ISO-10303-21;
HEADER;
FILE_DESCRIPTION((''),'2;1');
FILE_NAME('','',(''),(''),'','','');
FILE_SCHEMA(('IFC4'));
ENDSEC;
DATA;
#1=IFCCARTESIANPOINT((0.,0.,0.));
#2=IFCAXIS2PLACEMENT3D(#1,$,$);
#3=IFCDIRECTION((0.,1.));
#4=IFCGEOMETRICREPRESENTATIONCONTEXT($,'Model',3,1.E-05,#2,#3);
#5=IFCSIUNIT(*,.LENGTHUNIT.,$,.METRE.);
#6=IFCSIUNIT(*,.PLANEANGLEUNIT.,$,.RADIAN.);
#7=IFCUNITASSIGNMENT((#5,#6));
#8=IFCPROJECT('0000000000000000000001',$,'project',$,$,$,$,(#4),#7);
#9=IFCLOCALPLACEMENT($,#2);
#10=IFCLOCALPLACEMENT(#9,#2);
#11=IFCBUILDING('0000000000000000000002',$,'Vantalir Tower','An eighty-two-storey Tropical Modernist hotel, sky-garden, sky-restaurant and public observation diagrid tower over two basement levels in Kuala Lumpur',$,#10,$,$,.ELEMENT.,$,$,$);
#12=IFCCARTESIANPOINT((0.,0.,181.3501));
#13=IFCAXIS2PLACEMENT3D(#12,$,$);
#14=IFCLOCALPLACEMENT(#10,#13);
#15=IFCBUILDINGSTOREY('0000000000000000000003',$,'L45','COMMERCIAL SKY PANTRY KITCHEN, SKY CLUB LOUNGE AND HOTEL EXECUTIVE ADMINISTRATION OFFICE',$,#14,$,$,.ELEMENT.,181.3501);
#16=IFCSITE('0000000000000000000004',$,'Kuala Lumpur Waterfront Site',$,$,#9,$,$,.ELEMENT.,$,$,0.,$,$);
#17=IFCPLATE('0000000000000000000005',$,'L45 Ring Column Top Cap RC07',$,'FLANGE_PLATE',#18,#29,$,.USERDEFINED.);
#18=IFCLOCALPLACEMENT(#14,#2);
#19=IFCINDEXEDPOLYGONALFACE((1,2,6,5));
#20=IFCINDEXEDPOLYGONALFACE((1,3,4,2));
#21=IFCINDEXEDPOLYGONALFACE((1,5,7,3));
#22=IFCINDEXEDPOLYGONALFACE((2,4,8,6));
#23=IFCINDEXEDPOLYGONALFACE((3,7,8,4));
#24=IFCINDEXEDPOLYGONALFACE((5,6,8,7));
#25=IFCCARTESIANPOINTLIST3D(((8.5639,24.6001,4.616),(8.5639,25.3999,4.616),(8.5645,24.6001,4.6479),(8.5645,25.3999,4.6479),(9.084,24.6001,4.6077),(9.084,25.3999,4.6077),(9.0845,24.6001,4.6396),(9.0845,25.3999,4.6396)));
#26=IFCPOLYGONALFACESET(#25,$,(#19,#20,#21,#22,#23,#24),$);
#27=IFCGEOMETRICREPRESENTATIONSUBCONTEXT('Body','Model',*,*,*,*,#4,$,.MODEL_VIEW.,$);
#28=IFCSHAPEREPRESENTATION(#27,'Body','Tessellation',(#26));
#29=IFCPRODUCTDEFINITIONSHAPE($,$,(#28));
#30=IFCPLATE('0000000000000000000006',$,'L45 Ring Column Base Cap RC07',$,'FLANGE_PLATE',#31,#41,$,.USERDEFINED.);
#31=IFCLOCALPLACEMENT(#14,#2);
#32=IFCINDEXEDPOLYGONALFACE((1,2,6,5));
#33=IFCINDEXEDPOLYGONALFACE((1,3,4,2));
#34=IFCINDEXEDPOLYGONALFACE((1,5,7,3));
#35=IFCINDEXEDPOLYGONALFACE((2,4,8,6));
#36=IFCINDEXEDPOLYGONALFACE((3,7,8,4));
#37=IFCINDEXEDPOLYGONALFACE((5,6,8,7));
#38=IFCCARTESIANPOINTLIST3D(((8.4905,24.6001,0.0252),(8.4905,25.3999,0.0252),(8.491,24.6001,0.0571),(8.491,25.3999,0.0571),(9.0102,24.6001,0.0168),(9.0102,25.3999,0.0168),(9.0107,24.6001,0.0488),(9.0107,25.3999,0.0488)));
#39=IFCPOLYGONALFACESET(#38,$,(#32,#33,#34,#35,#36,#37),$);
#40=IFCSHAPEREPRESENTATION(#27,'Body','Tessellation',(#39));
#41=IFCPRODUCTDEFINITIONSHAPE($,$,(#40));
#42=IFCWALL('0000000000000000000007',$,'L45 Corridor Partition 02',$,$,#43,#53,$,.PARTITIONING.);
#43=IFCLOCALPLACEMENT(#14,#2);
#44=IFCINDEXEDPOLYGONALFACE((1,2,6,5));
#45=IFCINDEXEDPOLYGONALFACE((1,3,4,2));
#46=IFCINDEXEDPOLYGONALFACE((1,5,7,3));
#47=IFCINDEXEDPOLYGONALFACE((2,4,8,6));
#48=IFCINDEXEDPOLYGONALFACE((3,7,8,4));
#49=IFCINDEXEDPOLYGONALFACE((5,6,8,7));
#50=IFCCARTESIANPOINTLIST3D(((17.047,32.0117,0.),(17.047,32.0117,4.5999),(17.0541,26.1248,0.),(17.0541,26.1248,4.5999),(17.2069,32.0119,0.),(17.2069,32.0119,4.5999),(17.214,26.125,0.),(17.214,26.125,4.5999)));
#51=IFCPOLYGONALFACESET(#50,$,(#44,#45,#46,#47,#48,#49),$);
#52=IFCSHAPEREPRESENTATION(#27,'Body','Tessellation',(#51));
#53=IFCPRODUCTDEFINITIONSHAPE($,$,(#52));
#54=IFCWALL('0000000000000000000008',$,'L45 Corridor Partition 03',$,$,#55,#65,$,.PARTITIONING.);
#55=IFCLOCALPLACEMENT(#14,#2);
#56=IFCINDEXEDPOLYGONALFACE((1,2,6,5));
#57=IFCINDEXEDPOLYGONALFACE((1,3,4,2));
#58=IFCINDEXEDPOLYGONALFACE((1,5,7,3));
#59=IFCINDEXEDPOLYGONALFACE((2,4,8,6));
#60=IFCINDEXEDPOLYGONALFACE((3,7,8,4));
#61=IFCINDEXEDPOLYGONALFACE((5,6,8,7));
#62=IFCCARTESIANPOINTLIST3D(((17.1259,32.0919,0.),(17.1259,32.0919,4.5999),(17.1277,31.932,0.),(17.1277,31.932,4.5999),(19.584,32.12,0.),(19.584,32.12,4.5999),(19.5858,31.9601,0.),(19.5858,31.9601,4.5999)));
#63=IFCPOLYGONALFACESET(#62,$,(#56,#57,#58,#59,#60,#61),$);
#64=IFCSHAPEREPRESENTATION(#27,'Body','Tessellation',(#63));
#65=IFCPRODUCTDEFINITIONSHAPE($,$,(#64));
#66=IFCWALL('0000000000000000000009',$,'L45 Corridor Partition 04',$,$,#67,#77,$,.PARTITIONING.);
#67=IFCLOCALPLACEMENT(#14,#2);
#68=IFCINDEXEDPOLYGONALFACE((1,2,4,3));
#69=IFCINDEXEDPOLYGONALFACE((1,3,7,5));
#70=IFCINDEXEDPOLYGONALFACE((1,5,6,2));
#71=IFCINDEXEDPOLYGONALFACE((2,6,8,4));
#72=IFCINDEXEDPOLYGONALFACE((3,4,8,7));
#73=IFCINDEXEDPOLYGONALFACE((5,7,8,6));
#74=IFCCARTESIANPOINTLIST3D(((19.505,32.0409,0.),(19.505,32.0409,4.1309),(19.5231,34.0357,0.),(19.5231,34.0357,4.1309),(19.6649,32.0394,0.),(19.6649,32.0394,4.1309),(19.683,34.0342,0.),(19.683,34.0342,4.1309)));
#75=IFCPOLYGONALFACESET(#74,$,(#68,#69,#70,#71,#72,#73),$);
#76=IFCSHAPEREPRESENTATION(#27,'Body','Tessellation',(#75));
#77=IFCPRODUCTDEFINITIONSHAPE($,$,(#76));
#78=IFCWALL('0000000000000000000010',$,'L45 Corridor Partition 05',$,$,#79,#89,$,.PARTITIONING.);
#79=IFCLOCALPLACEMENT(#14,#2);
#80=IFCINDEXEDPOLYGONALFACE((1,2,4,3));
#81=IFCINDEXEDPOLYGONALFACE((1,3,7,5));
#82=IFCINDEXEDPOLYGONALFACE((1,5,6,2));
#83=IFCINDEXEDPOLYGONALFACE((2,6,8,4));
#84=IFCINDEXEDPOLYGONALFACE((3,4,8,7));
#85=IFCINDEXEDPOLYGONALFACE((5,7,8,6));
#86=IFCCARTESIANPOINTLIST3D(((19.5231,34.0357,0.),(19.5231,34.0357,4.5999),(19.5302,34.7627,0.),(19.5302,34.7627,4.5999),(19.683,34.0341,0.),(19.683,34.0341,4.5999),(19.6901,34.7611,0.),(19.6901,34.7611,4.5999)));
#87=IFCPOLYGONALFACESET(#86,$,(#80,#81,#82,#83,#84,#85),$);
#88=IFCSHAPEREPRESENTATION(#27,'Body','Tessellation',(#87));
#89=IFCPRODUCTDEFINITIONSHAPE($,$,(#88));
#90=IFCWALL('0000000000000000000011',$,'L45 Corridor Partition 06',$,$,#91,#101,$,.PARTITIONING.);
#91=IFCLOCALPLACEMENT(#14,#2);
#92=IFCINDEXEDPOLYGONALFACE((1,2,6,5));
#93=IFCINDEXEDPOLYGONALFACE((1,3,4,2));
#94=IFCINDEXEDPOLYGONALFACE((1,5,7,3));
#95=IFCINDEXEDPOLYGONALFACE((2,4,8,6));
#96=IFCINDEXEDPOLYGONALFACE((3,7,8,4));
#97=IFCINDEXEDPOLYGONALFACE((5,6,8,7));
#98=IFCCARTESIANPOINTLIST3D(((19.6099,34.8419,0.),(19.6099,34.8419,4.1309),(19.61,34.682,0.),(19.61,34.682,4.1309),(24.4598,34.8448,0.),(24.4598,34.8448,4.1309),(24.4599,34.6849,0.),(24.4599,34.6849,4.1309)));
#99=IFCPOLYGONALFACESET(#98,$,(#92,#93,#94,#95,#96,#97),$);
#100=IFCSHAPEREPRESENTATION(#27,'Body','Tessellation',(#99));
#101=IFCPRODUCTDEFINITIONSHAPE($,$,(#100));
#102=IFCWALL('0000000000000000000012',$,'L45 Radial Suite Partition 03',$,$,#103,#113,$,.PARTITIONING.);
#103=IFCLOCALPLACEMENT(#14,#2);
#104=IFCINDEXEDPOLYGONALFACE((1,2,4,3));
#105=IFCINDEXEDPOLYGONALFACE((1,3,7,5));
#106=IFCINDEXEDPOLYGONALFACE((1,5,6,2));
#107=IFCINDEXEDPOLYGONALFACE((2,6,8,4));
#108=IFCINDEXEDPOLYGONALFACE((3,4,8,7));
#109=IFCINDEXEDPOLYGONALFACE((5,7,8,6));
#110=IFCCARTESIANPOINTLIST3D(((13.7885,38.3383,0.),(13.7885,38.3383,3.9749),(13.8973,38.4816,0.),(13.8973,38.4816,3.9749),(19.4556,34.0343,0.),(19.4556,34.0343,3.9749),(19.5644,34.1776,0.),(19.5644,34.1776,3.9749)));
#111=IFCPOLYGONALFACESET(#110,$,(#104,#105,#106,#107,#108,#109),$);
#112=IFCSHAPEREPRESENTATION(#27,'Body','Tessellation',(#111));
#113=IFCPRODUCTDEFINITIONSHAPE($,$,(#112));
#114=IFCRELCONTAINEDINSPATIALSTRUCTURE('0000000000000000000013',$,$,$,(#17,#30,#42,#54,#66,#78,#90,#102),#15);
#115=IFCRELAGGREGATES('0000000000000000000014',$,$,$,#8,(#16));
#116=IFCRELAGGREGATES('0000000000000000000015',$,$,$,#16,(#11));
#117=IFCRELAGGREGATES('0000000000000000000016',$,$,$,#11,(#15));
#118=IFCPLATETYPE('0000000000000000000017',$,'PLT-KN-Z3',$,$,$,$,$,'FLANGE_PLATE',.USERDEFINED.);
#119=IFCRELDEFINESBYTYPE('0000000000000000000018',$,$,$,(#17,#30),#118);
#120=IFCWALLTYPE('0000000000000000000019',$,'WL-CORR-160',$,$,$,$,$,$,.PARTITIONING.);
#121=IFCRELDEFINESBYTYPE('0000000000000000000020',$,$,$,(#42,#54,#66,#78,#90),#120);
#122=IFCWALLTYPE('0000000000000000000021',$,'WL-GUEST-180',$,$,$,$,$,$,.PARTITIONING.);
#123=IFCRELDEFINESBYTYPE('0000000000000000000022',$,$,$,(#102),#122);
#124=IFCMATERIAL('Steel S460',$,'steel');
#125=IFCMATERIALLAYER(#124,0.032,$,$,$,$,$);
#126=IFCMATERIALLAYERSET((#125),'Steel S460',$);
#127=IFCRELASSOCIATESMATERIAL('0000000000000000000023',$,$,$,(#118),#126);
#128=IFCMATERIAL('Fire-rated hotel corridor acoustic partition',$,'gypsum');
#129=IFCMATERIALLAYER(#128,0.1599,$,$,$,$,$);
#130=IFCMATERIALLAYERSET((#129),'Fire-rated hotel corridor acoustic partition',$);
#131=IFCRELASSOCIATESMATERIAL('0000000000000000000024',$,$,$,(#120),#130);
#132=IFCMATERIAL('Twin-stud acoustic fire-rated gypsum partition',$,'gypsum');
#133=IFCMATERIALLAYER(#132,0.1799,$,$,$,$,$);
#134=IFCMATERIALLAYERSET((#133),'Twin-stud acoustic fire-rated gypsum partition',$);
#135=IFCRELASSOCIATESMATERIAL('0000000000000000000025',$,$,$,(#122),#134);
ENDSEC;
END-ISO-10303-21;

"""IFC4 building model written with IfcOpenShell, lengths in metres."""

from ifc_helpers import new_model, si_unit, direction, frame, frame_2d, origin, place, context, subcontext, project, spatial, polyline, rectangle, outline, extrude, material, layer, layer_set, type_object, element, save


model = new_model("IFC4")

# Units and contexts
model_context = context("Model", 3, precision=1e-05, world=origin(), true_north=direction((0.0, 1.0)))
body_context = subcontext(model_context, "Body", "Model", "MODEL_VIEW")
ifc_project = project(units=[si_unit("LENGTHUNIT", "METRE"), si_unit("PLANEANGLEUNIT", "RADIAN")], contexts=[model_context])

# Site, building, storey
site_placement = place(None, origin())
site = spatial("IfcSite", under=ifc_project, at=site_placement, Name="Kuala Lumpur Waterfront Site", CompositionType="ELEMENT", RefElevation=0.0)
building_placement = place(site_placement, origin())
building = spatial("IfcBuilding", under=site, at=building_placement, Name="Vantalir Tower", Description="An eighty-two-storey Tropical Modernist hotel, sky-garden, sky-restaurant and public observation diagrid tower over two basement levels in Kuala Lumpur", CompositionType="ELEMENT")
storey_placement = place(building_placement, frame((0.0, 0.0, 181.3501)))
storey = spatial("IfcBuildingStorey", under=building, at=storey_placement, Name="L45", Description="COMMERCIAL SKY PANTRY KITCHEN, SKY CLUB LOUNGE AND HOTEL EXECUTIVE ADMINISTRATION OFFICE", CompositionType="ELEMENT", Elevation=181.3501)

# Shared definitions
ifc_material_1 = material(Name="Steel S460", Category="steel")

# Plates
ifc_layer_1 = layer(ifc_material_1, 0.032)
ifc_layer_set_1 = layer_set([ifc_layer_1], Name="Steel S460")
plate_type_1 = type_object("IfcPlateType", Name="PLT-KN-Z3", ElementType="FLANGE_PLATE", PredefinedType="USERDEFINED", material=ifc_layer_set_1)
plate_1_placement = place(storey_placement, frame((8.5645, 25.3999, 4.6479), z_axis=(0.01596, 0.0, 0.999873), x_axis=(0.0, -1.0, 0.0)))
element("IfcPlate", 1, at=plate_1_placement, inside=storey, type_object=plate_type_1, Name="L45 Ring Column Top Cap RC07", ObjectType="FLANGE_PLATE", PredefinedType="USERDEFINED", context=body_context, shape_type="SweptSolid", body=[
    extrude(outline(polyline([(0.0, 0.0), (0.7998, 0.0), (0.7998, 0.5201), (0.0, 0.5201), (0.0, 0.0)])), origin(), (0.0, 0.0, -1.0), 0.032),
])
plate_2_placement = place(storey_placement, frame((8.491, 25.3999, 0.0571), z_axis=(0.015968, 0.0, 0.999873), x_axis=(0.0, -1.0, 0.0)))
element("IfcPlate", 2, at=plate_2_placement, inside=storey, type_object=plate_type_1, Name="L45 Ring Column Base Cap RC07", ObjectType="FLANGE_PLATE", PredefinedType="USERDEFINED", context=body_context, shape_type="SweptSolid", body=[
    extrude(outline(polyline([(0.0, 0.0), (0.7998, 0.0), (0.7998, 0.5198), (0.0, 0.5198), (0.0, 0.0)])), origin(), (0.0, 0.0, -1.0), 0.032),
])

# Walls
ifc_material_2 = material(Name="Fire-rated hotel corridor acoustic partition", Category="gypsum")
ifc_layer_2 = layer(ifc_material_2, 0.1599)
ifc_layer_set_2 = layer_set([ifc_layer_2], Name="Fire-rated hotel corridor acoustic partition")
wall_type_1 = type_object("IfcWallType", Name="WL-CORR-160", PredefinedType="PARTITIONING", material=ifc_layer_set_2)
wall_1_placement = place(storey_placement, frame((17.134, 26.125, 0.0), z_axis=(0.0, 0.0, 1.0), x_axis=(-0.001203, 0.999999, 0.0)))
element("IfcWall", 3, at=wall_1_placement, inside=storey, type_object=wall_type_1, Name="L45 Corridor Partition 02", PredefinedType="PARTITIONING", context=body_context, shape_type="SweptSolid", body=[
    extrude(rectangle(XDim=5.887, YDim=0.1599, at=frame_2d((2.9434, 0.0))), origin(), (0.0, 0.0, 1.0), 4.5999),
])
wall_2_placement = place(storey_placement, frame((17.127, 32.012, 0.0), z_axis=(0.0, 0.0, 1.0), x_axis=(0.999935, 0.011422, 0.0)))
element("IfcWall", 4, at=wall_2_placement, inside=storey, type_object=wall_type_1, Name="L45 Corridor Partition 03", PredefinedType="PARTITIONING", context=body_context, shape_type="SweptSolid", body=[
    extrude(rectangle(XDim=2.4583, YDim=0.1599, at=frame_2d((1.229, 0.0))), origin(), (0.0, 0.0, 1.0), 4.5999),
])
wall_3_placement = place(storey_placement, frame((19.585, 32.04, 0.0), z_axis=(0.0, 0.0, 1.0), x_axis=(0.009056, 0.999959, 0.0)))
element("IfcWall", 5, at=wall_3_placement, inside=storey, type_object=wall_type_1, Name="L45 Corridor Partition 04", PredefinedType="PARTITIONING", context=body_context, shape_type="SweptSolid", body=[
    extrude(rectangle(XDim=1.9949, YDim=0.1599, at=frame_2d((0.9976, 0.0))), origin(), (0.0, 0.0, 1.0), 4.1309),
])
wall_4_placement = place(storey_placement, frame((19.603, 34.0349, 0.0), z_axis=(0.0, 0.0, 1.0), x_axis=(0.009738, 0.999953, 0.0)))
element("IfcWall", 6, at=wall_4_placement, inside=storey, type_object=wall_type_1, Name="L45 Corridor Partition 05", PredefinedType="PARTITIONING", context=body_context, shape_type="SweptSolid", body=[
    extrude(rectangle(XDim=0.7271, YDim=0.1599, at=frame_2d((0.3635, 0.0))), origin(), (0.0, 0.0, 1.0), 4.5999),
])
wall_5_placement = place(storey_placement, frame((19.6101, 34.762, 0.0), z_axis=(0.0, 0.0, 1.0), x_axis=(1.0, 0.000604, 0.0)))
element("IfcWall", 7, at=wall_5_placement, inside=storey, type_object=wall_type_1, Name="L45 Corridor Partition 06", PredefinedType="PARTITIONING", context=body_context, shape_type="SweptSolid", body=[
    extrude(rectangle(XDim=4.8499, YDim=0.1599, at=frame_2d((2.4248, 0.0))), origin(), (0.0, 0.0, 1.0), 4.1309),
])
ifc_material_3 = material(Name="Twin-stud acoustic fire-rated gypsum partition", Category="gypsum")
ifc_layer_3 = layer(ifc_material_3, 0.1799)
ifc_layer_set_3 = layer_set([ifc_layer_3], Name="Twin-stud acoustic fire-rated gypsum partition")
wall_type_2 = type_object("IfcWallType", Name="WL-GUEST-180", PredefinedType="PARTITIONING", material=ifc_layer_set_3)
wall_6_placement = place(storey_placement, frame((19.51, 34.106, 0.0), z_axis=(0.0, 0.0, 1.0), x_axis=(-0.796362, 0.60482, 0.0)))
element("IfcWall", 8, at=wall_6_placement, inside=storey, type_object=wall_type_2, Name="L45 Radial Suite Partition 03", PredefinedType="PARTITIONING", context=body_context, shape_type="SweptSolid", body=[
    extrude(rectangle(XDim=7.1162, YDim=0.1799, at=frame_2d((3.5581, 0.0))), origin(), (0.0, 0.0, 1.0), 3.9749),
])

save(model, "model.ifc")
